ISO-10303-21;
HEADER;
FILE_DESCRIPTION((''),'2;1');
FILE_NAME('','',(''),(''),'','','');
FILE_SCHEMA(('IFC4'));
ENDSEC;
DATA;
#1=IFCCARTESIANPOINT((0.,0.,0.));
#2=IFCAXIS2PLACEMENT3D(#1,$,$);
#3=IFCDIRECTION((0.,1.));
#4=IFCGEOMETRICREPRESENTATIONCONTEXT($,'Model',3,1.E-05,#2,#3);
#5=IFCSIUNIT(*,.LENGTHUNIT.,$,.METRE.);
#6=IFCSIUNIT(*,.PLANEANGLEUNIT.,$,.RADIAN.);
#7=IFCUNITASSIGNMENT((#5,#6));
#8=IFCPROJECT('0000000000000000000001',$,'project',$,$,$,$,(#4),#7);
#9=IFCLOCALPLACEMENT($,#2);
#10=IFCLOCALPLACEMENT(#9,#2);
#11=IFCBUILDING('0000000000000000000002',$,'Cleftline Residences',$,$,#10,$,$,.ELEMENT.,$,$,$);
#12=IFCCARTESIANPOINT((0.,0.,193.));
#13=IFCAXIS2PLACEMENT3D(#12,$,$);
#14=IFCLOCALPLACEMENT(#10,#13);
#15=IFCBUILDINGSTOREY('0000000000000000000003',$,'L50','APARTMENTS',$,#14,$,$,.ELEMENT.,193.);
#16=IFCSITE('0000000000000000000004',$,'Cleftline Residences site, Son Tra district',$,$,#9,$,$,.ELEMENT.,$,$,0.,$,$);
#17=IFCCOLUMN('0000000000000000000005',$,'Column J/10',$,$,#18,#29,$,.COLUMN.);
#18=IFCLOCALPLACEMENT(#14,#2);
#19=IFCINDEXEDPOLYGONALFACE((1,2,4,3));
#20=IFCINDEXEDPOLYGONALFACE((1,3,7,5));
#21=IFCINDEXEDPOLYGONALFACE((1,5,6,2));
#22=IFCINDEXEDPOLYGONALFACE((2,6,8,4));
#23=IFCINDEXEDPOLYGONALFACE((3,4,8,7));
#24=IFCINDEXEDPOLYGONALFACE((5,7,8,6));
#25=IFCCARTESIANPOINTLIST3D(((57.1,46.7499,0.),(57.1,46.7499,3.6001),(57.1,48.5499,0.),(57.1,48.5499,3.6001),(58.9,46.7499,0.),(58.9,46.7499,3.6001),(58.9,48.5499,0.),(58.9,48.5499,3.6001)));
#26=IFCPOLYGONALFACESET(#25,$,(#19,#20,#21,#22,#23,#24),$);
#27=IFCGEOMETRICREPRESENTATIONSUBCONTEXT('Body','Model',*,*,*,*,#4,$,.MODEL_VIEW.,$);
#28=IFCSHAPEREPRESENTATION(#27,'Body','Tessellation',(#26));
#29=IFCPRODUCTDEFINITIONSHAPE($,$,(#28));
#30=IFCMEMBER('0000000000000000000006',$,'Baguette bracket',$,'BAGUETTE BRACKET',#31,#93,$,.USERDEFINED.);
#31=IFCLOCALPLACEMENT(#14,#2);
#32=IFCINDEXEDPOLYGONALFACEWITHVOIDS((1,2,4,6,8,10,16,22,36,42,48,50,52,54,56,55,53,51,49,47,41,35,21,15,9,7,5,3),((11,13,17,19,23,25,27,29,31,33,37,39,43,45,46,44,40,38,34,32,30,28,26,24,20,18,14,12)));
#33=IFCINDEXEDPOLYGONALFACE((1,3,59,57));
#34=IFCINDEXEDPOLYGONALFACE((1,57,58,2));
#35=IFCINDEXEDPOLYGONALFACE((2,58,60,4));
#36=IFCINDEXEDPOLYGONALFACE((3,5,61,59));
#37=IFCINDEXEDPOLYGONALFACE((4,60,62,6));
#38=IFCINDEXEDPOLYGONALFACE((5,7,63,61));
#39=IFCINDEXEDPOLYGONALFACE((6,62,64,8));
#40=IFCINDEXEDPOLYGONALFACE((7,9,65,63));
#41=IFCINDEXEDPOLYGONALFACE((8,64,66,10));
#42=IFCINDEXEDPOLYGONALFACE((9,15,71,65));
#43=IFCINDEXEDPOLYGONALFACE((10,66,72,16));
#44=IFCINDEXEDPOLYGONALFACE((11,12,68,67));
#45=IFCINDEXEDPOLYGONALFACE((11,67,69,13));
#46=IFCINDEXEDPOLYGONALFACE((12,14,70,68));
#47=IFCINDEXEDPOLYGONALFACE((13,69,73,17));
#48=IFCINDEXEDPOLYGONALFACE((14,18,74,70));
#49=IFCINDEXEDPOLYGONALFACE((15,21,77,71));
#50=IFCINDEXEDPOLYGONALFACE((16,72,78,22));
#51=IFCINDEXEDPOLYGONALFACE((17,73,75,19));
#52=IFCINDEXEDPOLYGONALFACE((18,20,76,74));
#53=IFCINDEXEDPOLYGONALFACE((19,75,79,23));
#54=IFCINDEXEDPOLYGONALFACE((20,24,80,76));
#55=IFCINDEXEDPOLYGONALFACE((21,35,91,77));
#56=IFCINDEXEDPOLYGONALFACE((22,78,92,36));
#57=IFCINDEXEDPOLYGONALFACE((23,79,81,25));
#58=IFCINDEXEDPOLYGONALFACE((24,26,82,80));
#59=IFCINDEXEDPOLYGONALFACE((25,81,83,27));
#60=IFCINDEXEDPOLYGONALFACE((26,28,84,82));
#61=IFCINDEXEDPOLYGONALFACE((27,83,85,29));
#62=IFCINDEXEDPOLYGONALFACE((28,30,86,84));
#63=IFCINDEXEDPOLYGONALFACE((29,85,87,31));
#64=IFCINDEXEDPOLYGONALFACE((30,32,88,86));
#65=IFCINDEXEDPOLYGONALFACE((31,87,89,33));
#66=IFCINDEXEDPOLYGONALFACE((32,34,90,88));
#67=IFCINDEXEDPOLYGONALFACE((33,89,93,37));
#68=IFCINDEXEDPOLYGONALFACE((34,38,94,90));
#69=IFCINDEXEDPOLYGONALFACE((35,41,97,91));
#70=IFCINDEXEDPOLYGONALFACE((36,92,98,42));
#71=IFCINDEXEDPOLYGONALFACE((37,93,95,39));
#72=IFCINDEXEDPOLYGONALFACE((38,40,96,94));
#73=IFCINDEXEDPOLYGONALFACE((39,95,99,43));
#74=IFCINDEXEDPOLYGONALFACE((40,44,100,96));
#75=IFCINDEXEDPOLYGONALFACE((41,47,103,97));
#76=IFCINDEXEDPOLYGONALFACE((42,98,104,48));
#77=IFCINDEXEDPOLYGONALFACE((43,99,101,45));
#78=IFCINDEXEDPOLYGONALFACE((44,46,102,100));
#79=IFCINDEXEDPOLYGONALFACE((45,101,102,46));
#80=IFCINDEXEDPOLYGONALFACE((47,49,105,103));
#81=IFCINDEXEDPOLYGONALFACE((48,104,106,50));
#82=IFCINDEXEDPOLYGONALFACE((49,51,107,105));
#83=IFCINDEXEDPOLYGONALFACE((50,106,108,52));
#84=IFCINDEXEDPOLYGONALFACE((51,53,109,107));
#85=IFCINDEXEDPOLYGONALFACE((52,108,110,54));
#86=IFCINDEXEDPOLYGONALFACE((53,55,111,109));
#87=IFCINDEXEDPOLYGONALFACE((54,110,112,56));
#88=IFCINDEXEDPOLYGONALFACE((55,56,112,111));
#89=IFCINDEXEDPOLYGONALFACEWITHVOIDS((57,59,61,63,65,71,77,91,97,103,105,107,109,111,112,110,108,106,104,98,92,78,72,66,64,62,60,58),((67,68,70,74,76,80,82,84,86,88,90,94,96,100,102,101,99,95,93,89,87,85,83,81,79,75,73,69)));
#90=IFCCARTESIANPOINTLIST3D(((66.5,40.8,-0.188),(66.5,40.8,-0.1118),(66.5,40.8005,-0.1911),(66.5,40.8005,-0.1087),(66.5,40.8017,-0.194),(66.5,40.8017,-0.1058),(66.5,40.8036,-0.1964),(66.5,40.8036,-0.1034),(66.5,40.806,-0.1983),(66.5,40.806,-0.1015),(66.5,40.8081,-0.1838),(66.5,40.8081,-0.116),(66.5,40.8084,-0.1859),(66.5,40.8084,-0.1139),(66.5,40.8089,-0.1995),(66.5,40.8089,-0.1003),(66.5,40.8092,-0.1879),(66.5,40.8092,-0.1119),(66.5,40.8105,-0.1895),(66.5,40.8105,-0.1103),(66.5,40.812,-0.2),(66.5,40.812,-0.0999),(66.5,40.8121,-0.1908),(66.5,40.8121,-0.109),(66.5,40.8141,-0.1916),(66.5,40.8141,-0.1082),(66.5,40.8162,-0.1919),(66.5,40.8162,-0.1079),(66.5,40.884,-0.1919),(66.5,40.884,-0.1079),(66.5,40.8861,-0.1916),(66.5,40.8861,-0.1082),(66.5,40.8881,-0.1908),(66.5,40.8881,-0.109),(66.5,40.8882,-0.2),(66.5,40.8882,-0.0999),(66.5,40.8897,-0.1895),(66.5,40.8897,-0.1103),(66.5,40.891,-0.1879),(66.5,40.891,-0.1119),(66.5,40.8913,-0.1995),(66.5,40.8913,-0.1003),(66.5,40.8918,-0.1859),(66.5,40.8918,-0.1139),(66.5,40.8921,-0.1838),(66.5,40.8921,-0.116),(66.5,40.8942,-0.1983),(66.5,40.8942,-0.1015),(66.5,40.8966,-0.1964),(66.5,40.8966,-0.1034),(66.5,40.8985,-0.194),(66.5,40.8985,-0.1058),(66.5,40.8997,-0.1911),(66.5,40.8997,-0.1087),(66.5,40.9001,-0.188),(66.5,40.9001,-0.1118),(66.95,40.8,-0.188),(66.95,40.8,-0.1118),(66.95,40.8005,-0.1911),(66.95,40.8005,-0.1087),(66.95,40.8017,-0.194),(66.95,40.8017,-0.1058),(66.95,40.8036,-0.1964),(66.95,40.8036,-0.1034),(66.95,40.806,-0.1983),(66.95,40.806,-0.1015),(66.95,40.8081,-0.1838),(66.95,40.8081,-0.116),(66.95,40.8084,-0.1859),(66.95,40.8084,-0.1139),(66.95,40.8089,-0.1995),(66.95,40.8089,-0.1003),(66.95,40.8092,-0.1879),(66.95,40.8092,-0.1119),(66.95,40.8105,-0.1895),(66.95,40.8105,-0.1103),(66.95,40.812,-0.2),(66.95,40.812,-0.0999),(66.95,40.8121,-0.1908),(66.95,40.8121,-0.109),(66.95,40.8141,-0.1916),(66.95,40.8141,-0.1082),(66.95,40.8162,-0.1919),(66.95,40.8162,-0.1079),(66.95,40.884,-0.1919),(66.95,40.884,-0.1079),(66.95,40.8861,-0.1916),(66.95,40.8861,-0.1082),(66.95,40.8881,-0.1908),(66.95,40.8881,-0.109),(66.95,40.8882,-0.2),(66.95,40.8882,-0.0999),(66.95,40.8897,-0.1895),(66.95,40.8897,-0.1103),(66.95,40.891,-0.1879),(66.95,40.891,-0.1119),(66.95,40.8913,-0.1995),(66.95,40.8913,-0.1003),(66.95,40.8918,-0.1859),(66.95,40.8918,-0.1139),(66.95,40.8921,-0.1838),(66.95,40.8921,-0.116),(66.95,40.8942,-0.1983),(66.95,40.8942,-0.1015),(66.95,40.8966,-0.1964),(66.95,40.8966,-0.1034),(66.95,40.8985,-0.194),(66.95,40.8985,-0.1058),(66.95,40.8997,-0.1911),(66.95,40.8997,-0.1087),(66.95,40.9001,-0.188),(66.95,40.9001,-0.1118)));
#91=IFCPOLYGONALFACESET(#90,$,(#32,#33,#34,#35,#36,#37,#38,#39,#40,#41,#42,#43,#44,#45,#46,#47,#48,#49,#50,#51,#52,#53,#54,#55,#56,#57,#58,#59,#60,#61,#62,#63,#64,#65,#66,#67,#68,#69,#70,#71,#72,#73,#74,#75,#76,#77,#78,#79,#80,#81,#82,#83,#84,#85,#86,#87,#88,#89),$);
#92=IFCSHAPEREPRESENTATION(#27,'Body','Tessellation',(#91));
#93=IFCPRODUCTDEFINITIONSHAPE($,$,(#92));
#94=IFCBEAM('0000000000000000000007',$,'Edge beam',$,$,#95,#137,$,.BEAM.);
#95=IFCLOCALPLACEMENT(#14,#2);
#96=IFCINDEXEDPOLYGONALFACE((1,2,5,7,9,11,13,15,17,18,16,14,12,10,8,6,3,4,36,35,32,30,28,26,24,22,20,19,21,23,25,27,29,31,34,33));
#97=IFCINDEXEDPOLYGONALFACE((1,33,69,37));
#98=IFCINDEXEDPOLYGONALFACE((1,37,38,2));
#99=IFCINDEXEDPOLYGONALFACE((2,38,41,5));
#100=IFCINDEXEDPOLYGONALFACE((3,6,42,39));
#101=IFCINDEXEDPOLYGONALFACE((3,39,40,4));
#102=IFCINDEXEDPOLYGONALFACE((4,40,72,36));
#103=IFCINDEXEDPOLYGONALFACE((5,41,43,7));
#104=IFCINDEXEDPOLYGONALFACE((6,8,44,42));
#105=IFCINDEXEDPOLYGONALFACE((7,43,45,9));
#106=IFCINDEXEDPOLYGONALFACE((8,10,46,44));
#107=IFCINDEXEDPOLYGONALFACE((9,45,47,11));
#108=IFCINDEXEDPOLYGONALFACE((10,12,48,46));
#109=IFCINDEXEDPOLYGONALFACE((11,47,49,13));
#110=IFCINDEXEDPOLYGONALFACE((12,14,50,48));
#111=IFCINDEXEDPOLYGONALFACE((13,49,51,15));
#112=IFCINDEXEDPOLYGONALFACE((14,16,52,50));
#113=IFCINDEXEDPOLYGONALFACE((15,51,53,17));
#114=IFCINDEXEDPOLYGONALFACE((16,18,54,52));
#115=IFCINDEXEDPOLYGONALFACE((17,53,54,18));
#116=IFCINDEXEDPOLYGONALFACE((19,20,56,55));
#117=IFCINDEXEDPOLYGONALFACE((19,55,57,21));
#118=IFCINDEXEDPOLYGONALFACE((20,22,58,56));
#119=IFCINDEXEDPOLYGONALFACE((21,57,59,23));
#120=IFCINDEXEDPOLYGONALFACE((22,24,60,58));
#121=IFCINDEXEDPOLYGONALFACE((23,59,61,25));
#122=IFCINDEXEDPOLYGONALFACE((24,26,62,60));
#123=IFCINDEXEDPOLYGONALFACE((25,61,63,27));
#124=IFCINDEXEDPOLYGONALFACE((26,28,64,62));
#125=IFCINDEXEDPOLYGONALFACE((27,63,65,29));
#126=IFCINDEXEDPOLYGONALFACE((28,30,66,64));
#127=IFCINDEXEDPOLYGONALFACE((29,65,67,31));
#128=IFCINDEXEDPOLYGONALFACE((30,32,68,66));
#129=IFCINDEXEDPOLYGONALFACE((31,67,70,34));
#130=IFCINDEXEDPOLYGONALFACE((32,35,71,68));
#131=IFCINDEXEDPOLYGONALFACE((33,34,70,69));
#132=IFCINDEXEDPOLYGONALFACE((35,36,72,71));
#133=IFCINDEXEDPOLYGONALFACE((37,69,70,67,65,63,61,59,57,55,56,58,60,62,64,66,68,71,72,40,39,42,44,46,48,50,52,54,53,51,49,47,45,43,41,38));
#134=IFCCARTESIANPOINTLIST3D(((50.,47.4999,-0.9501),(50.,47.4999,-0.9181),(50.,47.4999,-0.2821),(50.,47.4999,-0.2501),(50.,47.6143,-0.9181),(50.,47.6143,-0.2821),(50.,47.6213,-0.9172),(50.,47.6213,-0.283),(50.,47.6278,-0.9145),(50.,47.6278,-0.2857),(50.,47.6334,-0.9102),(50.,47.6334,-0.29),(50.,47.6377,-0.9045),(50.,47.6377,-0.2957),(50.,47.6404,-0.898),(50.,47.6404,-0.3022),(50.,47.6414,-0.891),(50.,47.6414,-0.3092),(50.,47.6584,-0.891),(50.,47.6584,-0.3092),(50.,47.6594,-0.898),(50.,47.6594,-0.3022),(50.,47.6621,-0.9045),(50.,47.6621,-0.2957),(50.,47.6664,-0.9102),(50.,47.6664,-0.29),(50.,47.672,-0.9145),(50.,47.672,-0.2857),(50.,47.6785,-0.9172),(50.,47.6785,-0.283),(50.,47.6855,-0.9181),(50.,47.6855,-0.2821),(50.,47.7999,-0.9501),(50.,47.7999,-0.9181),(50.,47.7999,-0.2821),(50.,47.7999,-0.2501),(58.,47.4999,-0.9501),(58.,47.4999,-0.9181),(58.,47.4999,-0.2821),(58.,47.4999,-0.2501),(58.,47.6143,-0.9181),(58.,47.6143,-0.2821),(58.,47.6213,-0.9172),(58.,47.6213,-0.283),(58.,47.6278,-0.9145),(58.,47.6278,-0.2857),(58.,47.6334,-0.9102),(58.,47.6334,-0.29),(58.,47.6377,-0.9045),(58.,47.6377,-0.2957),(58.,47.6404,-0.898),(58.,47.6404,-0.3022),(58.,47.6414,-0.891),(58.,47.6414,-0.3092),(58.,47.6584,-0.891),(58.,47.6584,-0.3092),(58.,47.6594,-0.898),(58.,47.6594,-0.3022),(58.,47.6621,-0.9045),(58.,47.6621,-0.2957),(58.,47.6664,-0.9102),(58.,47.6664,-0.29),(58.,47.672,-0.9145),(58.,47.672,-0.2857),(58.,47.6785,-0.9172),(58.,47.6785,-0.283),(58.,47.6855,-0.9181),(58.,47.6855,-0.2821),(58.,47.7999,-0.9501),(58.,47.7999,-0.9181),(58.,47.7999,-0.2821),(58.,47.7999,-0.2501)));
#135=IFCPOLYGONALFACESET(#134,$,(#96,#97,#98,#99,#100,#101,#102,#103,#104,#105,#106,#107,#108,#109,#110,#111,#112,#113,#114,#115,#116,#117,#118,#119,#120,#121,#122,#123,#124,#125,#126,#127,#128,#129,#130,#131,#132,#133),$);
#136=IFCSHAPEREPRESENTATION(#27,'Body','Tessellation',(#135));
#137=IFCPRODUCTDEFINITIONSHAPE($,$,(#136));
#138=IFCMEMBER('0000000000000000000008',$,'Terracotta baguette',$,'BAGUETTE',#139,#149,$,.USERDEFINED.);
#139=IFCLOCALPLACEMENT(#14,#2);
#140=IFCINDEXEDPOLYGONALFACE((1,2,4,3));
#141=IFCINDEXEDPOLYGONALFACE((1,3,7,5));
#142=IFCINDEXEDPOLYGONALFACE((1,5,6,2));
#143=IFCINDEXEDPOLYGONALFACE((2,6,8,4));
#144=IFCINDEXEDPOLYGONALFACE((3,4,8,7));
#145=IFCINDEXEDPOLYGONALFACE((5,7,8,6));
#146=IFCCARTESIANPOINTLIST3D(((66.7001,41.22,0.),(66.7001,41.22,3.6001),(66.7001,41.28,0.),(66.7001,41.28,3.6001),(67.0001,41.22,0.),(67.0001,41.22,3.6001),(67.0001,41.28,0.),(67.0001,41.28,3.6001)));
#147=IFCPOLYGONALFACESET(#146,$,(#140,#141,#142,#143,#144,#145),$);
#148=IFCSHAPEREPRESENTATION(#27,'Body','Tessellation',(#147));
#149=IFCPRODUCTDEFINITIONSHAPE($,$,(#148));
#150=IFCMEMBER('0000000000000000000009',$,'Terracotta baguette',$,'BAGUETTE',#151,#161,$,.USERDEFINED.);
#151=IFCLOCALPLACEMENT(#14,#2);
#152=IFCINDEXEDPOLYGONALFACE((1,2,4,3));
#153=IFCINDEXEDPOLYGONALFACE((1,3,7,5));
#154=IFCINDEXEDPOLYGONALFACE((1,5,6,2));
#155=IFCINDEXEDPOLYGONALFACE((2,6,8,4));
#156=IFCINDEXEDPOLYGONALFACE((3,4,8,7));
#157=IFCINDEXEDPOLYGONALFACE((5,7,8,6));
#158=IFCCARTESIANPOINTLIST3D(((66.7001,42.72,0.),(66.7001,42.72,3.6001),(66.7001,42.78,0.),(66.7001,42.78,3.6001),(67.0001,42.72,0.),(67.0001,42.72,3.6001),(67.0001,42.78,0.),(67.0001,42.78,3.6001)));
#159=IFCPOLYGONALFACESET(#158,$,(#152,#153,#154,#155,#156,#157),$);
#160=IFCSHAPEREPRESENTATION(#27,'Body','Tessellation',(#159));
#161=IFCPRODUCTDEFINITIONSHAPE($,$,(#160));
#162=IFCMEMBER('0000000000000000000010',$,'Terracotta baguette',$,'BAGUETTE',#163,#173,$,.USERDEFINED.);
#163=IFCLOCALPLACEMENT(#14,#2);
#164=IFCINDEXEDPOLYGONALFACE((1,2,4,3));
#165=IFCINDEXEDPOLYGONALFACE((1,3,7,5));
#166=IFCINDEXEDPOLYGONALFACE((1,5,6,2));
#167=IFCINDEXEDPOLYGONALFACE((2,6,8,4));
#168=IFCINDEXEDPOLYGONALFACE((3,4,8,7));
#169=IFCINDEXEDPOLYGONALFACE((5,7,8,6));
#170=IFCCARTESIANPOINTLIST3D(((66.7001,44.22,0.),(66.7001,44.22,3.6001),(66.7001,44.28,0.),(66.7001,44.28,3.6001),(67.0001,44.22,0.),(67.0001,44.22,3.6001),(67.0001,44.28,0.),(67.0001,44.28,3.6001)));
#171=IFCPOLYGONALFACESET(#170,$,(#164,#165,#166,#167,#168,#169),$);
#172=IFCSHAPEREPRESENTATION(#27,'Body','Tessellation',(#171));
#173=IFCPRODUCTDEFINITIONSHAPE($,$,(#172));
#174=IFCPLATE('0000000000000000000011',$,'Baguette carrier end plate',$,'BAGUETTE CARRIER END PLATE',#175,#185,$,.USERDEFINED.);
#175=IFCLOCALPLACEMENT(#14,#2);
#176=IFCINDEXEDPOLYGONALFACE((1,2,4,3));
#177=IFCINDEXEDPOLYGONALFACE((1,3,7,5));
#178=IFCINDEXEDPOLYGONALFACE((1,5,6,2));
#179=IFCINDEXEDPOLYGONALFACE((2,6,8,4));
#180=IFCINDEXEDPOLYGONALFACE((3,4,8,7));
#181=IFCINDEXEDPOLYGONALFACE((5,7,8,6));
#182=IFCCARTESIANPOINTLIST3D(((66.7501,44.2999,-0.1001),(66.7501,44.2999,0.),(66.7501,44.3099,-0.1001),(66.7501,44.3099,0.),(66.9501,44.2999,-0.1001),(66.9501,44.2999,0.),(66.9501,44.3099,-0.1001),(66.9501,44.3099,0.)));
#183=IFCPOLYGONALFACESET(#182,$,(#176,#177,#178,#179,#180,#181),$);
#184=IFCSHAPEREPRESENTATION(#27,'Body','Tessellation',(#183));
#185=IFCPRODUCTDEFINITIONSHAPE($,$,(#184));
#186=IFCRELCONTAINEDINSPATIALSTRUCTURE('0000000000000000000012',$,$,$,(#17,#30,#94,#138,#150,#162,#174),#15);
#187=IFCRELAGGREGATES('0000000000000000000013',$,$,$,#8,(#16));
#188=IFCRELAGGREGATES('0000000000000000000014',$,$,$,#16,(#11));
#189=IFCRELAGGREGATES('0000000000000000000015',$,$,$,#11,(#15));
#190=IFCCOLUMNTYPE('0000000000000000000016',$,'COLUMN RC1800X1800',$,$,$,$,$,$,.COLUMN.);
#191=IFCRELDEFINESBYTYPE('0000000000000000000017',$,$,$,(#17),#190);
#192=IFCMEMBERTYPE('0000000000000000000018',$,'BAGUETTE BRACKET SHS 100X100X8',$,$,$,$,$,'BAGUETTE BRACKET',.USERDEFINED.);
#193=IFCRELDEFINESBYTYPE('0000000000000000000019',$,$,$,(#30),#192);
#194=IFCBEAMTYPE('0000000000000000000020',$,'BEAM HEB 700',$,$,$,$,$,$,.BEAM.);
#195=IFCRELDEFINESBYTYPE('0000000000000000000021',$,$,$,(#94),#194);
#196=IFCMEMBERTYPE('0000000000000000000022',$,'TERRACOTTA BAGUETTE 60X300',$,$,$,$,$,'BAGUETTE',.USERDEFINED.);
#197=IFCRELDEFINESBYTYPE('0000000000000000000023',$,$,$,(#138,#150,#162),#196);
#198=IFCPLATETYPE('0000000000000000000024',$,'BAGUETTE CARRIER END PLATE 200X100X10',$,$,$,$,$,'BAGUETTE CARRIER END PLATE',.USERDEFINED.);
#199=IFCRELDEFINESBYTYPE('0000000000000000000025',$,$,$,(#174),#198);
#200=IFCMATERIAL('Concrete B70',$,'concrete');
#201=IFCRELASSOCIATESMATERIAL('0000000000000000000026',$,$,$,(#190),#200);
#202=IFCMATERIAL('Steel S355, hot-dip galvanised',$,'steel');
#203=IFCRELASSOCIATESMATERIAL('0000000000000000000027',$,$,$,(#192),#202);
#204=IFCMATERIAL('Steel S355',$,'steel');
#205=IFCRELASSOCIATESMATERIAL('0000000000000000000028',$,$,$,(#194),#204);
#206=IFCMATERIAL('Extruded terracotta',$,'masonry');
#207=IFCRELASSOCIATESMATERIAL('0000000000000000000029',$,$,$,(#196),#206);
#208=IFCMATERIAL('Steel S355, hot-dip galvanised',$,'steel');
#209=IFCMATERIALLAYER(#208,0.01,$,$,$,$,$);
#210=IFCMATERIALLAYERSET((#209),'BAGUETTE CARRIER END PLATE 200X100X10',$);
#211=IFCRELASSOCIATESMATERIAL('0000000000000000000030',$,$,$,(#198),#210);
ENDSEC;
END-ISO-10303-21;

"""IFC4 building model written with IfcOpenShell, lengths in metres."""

from ifc_helpers import new_model, si_unit, direction, frame, origin, origin_2d, place, context, subcontext, project, spatial, rectangle, hollow_rectangle, i_section, extrude, material, layer, layer_set, material_profile, profile_set, type_object, element, save


model = new_model("IFC4")

# Units and contexts
model_context = context("Model", 3, precision=1e-05, world=origin(), true_north=direction((0.0, 1.0)))
body_context = subcontext(model_context, "Body", "Model", "MODEL_VIEW")
ifc_project = project(units=[si_unit("LENGTHUNIT", "METRE"), si_unit("PLANEANGLEUNIT", "RADIAN")], contexts=[model_context])

# Site, building, storey
site_placement = place(None, origin())
site = spatial("IfcSite", under=ifc_project, at=site_placement, Name="Cleftline Residences site, Son Tra district", CompositionType="ELEMENT", RefElevation=0.0)
building_placement = place(site_placement, origin())
building = spatial("IfcBuilding", under=site, at=building_placement, Name="Cleftline Residences", CompositionType="ELEMENT")
storey_placement = place(building_placement, frame((0.0, 0.0, 193.0)))
storey = spatial("IfcBuildingStorey", under=building, at=storey_placement, Name="L50", Description="APARTMENTS", CompositionType="ELEMENT", Elevation=193.0)

# Column
ifc_material_1 = material(Name="Concrete B70", Category="concrete")
ifc_material_profile_1 = material_profile(ifc_material_1, rectangle(XDim=1.8, YDim=1.8, at=origin_2d()))
ifc_profile_set_1 = profile_set([ifc_material_profile_1], Name="Concrete B70")
column_type = type_object("IfcColumnType", Name="COLUMN RC1800X1800", PredefinedType="COLUMN", material=ifc_profile_set_1)
column_placement = place(storey_placement, frame((58.0, 47.6499, 0.0), z_axis=(0.0, 0.0, 1.0), x_axis=(1.0, 0.0, 0.0)))
element("IfcColumn", 1, at=column_placement, inside=storey, type_object=column_type, Name="Column J/10", PredefinedType="COLUMN", context=body_context, shape_type="SweptSolid", body=[
    extrude(rectangle(XDim=1.8, YDim=1.8, at=origin_2d()), origin(), (0.0, 0.0, 1.0), 3.6001),
])

# Member
ifc_material_2 = material(Name="Steel S355, hot-dip galvanised", Category="steel")
ifc_material_profile_2 = material_profile(ifc_material_2, hollow_rectangle(XDim=0.1001, YDim=0.1001, WallThickness=0.0081, InnerFilletRadius=0.0081, OuterFilletRadius=0.012, at=origin_2d()))
ifc_profile_set_2 = profile_set([ifc_material_profile_2], Name="Steel S355, hot-dip galvanised")
member_type_1 = type_object("IfcMemberType", Name="BAGUETTE BRACKET SHS 100X100X8", ElementType="BAGUETTE BRACKET", PredefinedType="USERDEFINED", material=ifc_profile_set_2)
member_placement = place(storey_placement, frame((66.5, 40.8501, -0.1499), z_axis=(1.0, 0.0, 0.0), x_axis=(0.0, 1.0, 0.0)))
element("IfcMember", 2, at=member_placement, inside=storey, type_object=member_type_1, Name="Baguette bracket", ObjectType="BAGUETTE BRACKET", PredefinedType="USERDEFINED", context=body_context, shape_type="SweptSolid", body=[
    extrude(hollow_rectangle(XDim=0.1001, YDim=0.1001, WallThickness=0.0081, InnerFilletRadius=0.0081, OuterFilletRadius=0.012, at=origin_2d()), origin(), (0.0, 0.0, 1.0), 0.45),
])

# Beam
ifc_material_3 = material(Name="Steel S355", Category="steel")
ifc_material_profile_3 = material_profile(ifc_material_3, i_section(OverallWidth=0.3, OverallDepth=0.7, WebThickness=0.0171, FlangeThickness=0.032, FilletRadius=0.0271, at=origin_2d()))
ifc_profile_set_3 = profile_set([ifc_material_profile_3], Name="Steel S355")
beam_type = type_object("IfcBeamType", Name="BEAM HEB 700", PredefinedType="BEAM", material=ifc_profile_set_3)
beam_placement = place(storey_placement, frame((58.0, 47.6499, -0.6001), z_axis=(-1.0, 0.0, 0.0), x_axis=(0.0, -1.0, 0.0)))
element("IfcBeam", 3, at=beam_placement, inside=storey, type_object=beam_type, Name="Edge beam", PredefinedType="BEAM", context=body_context, shape_type="SweptSolid", body=[
    extrude(i_section(OverallWidth=0.3, OverallDepth=0.7, WebThickness=0.0171, FlangeThickness=0.032, FilletRadius=0.0271, at=origin_2d()), origin(), (0.0, 0.0, 1.0), 8.0),
])

# Members
ifc_material_4 = material(Name="Extruded terracotta", Category="masonry")
ifc_material_profile_4 = material_profile(ifc_material_4, rectangle(XDim=0.0601, YDim=0.3, at=origin_2d()))
ifc_profile_set_4 = profile_set([ifc_material_profile_4], Name="Extruded terracotta")
member_type_2 = type_object("IfcMemberType", Name="TERRACOTTA BAGUETTE 60X300", ElementType="BAGUETTE", PredefinedType="USERDEFINED", material=ifc_profile_set_4)
for number, where, z_axis, x_axis, name in (
    (4, (66.8501, 41.25, 0.0), (0.0, 0.0, 1.0), (0.0, 1.0, 0.0), "Terracotta baguette"),
    (5, (66.8501, 42.75, 0.0), (0.0, 0.0, 1.0), (0.0, 1.0, 0.0), "Terracotta baguette"),
    (6, (66.8501, 44.25, 0.0), (0.0, 0.0, 1.0), (0.0, 1.0, 0.0), "Terracotta baguette"),
):
    element("IfcMember", number, at=place(storey_placement, frame(where, z_axis=z_axis, x_axis=x_axis)), inside=storey, type_object=member_type_2, Name=name, ObjectType="BAGUETTE", PredefinedType="USERDEFINED", context=body_context, shape_type="SweptSolid", body=[
        extrude(rectangle(XDim=0.0601, YDim=0.3, at=origin_2d()), origin(), (0.0, 0.0, 1.0), 3.6001),
    ])

# Plate
ifc_material_5 = material(Name="Steel S355, hot-dip galvanised", Category="steel")
ifc_layer_1 = layer(ifc_material_5, 0.01)
ifc_layer_set_1 = layer_set([ifc_layer_1], Name="BAGUETTE CARRIER END PLATE 200X100X10")
plate_type = type_object("IfcPlateType", Name="BAGUETTE CARRIER END PLATE 200X100X10", ElementType="BAGUETTE CARRIER END PLATE", PredefinedType="USERDEFINED", material=ifc_layer_set_1)
plate_placement = place(storey_placement, frame((66.8501, 44.3049, -0.1001), z_axis=(0.0, 0.0, 1.0), x_axis=(1.0, 0.0, 0.0)))
element("IfcPlate", 7, at=plate_placement, inside=storey, type_object=plate_type, Name="Baguette carrier end plate", ObjectType="BAGUETTE CARRIER END PLATE", PredefinedType="USERDEFINED", context=body_context, shape_type="SweptSolid", body=[
    extrude(rectangle(XDim=0.2, YDim=0.01, at=origin_2d()), origin(), (0.0, 0.0, 1.0), 0.1001),
])

save(model, "model.ifc")
